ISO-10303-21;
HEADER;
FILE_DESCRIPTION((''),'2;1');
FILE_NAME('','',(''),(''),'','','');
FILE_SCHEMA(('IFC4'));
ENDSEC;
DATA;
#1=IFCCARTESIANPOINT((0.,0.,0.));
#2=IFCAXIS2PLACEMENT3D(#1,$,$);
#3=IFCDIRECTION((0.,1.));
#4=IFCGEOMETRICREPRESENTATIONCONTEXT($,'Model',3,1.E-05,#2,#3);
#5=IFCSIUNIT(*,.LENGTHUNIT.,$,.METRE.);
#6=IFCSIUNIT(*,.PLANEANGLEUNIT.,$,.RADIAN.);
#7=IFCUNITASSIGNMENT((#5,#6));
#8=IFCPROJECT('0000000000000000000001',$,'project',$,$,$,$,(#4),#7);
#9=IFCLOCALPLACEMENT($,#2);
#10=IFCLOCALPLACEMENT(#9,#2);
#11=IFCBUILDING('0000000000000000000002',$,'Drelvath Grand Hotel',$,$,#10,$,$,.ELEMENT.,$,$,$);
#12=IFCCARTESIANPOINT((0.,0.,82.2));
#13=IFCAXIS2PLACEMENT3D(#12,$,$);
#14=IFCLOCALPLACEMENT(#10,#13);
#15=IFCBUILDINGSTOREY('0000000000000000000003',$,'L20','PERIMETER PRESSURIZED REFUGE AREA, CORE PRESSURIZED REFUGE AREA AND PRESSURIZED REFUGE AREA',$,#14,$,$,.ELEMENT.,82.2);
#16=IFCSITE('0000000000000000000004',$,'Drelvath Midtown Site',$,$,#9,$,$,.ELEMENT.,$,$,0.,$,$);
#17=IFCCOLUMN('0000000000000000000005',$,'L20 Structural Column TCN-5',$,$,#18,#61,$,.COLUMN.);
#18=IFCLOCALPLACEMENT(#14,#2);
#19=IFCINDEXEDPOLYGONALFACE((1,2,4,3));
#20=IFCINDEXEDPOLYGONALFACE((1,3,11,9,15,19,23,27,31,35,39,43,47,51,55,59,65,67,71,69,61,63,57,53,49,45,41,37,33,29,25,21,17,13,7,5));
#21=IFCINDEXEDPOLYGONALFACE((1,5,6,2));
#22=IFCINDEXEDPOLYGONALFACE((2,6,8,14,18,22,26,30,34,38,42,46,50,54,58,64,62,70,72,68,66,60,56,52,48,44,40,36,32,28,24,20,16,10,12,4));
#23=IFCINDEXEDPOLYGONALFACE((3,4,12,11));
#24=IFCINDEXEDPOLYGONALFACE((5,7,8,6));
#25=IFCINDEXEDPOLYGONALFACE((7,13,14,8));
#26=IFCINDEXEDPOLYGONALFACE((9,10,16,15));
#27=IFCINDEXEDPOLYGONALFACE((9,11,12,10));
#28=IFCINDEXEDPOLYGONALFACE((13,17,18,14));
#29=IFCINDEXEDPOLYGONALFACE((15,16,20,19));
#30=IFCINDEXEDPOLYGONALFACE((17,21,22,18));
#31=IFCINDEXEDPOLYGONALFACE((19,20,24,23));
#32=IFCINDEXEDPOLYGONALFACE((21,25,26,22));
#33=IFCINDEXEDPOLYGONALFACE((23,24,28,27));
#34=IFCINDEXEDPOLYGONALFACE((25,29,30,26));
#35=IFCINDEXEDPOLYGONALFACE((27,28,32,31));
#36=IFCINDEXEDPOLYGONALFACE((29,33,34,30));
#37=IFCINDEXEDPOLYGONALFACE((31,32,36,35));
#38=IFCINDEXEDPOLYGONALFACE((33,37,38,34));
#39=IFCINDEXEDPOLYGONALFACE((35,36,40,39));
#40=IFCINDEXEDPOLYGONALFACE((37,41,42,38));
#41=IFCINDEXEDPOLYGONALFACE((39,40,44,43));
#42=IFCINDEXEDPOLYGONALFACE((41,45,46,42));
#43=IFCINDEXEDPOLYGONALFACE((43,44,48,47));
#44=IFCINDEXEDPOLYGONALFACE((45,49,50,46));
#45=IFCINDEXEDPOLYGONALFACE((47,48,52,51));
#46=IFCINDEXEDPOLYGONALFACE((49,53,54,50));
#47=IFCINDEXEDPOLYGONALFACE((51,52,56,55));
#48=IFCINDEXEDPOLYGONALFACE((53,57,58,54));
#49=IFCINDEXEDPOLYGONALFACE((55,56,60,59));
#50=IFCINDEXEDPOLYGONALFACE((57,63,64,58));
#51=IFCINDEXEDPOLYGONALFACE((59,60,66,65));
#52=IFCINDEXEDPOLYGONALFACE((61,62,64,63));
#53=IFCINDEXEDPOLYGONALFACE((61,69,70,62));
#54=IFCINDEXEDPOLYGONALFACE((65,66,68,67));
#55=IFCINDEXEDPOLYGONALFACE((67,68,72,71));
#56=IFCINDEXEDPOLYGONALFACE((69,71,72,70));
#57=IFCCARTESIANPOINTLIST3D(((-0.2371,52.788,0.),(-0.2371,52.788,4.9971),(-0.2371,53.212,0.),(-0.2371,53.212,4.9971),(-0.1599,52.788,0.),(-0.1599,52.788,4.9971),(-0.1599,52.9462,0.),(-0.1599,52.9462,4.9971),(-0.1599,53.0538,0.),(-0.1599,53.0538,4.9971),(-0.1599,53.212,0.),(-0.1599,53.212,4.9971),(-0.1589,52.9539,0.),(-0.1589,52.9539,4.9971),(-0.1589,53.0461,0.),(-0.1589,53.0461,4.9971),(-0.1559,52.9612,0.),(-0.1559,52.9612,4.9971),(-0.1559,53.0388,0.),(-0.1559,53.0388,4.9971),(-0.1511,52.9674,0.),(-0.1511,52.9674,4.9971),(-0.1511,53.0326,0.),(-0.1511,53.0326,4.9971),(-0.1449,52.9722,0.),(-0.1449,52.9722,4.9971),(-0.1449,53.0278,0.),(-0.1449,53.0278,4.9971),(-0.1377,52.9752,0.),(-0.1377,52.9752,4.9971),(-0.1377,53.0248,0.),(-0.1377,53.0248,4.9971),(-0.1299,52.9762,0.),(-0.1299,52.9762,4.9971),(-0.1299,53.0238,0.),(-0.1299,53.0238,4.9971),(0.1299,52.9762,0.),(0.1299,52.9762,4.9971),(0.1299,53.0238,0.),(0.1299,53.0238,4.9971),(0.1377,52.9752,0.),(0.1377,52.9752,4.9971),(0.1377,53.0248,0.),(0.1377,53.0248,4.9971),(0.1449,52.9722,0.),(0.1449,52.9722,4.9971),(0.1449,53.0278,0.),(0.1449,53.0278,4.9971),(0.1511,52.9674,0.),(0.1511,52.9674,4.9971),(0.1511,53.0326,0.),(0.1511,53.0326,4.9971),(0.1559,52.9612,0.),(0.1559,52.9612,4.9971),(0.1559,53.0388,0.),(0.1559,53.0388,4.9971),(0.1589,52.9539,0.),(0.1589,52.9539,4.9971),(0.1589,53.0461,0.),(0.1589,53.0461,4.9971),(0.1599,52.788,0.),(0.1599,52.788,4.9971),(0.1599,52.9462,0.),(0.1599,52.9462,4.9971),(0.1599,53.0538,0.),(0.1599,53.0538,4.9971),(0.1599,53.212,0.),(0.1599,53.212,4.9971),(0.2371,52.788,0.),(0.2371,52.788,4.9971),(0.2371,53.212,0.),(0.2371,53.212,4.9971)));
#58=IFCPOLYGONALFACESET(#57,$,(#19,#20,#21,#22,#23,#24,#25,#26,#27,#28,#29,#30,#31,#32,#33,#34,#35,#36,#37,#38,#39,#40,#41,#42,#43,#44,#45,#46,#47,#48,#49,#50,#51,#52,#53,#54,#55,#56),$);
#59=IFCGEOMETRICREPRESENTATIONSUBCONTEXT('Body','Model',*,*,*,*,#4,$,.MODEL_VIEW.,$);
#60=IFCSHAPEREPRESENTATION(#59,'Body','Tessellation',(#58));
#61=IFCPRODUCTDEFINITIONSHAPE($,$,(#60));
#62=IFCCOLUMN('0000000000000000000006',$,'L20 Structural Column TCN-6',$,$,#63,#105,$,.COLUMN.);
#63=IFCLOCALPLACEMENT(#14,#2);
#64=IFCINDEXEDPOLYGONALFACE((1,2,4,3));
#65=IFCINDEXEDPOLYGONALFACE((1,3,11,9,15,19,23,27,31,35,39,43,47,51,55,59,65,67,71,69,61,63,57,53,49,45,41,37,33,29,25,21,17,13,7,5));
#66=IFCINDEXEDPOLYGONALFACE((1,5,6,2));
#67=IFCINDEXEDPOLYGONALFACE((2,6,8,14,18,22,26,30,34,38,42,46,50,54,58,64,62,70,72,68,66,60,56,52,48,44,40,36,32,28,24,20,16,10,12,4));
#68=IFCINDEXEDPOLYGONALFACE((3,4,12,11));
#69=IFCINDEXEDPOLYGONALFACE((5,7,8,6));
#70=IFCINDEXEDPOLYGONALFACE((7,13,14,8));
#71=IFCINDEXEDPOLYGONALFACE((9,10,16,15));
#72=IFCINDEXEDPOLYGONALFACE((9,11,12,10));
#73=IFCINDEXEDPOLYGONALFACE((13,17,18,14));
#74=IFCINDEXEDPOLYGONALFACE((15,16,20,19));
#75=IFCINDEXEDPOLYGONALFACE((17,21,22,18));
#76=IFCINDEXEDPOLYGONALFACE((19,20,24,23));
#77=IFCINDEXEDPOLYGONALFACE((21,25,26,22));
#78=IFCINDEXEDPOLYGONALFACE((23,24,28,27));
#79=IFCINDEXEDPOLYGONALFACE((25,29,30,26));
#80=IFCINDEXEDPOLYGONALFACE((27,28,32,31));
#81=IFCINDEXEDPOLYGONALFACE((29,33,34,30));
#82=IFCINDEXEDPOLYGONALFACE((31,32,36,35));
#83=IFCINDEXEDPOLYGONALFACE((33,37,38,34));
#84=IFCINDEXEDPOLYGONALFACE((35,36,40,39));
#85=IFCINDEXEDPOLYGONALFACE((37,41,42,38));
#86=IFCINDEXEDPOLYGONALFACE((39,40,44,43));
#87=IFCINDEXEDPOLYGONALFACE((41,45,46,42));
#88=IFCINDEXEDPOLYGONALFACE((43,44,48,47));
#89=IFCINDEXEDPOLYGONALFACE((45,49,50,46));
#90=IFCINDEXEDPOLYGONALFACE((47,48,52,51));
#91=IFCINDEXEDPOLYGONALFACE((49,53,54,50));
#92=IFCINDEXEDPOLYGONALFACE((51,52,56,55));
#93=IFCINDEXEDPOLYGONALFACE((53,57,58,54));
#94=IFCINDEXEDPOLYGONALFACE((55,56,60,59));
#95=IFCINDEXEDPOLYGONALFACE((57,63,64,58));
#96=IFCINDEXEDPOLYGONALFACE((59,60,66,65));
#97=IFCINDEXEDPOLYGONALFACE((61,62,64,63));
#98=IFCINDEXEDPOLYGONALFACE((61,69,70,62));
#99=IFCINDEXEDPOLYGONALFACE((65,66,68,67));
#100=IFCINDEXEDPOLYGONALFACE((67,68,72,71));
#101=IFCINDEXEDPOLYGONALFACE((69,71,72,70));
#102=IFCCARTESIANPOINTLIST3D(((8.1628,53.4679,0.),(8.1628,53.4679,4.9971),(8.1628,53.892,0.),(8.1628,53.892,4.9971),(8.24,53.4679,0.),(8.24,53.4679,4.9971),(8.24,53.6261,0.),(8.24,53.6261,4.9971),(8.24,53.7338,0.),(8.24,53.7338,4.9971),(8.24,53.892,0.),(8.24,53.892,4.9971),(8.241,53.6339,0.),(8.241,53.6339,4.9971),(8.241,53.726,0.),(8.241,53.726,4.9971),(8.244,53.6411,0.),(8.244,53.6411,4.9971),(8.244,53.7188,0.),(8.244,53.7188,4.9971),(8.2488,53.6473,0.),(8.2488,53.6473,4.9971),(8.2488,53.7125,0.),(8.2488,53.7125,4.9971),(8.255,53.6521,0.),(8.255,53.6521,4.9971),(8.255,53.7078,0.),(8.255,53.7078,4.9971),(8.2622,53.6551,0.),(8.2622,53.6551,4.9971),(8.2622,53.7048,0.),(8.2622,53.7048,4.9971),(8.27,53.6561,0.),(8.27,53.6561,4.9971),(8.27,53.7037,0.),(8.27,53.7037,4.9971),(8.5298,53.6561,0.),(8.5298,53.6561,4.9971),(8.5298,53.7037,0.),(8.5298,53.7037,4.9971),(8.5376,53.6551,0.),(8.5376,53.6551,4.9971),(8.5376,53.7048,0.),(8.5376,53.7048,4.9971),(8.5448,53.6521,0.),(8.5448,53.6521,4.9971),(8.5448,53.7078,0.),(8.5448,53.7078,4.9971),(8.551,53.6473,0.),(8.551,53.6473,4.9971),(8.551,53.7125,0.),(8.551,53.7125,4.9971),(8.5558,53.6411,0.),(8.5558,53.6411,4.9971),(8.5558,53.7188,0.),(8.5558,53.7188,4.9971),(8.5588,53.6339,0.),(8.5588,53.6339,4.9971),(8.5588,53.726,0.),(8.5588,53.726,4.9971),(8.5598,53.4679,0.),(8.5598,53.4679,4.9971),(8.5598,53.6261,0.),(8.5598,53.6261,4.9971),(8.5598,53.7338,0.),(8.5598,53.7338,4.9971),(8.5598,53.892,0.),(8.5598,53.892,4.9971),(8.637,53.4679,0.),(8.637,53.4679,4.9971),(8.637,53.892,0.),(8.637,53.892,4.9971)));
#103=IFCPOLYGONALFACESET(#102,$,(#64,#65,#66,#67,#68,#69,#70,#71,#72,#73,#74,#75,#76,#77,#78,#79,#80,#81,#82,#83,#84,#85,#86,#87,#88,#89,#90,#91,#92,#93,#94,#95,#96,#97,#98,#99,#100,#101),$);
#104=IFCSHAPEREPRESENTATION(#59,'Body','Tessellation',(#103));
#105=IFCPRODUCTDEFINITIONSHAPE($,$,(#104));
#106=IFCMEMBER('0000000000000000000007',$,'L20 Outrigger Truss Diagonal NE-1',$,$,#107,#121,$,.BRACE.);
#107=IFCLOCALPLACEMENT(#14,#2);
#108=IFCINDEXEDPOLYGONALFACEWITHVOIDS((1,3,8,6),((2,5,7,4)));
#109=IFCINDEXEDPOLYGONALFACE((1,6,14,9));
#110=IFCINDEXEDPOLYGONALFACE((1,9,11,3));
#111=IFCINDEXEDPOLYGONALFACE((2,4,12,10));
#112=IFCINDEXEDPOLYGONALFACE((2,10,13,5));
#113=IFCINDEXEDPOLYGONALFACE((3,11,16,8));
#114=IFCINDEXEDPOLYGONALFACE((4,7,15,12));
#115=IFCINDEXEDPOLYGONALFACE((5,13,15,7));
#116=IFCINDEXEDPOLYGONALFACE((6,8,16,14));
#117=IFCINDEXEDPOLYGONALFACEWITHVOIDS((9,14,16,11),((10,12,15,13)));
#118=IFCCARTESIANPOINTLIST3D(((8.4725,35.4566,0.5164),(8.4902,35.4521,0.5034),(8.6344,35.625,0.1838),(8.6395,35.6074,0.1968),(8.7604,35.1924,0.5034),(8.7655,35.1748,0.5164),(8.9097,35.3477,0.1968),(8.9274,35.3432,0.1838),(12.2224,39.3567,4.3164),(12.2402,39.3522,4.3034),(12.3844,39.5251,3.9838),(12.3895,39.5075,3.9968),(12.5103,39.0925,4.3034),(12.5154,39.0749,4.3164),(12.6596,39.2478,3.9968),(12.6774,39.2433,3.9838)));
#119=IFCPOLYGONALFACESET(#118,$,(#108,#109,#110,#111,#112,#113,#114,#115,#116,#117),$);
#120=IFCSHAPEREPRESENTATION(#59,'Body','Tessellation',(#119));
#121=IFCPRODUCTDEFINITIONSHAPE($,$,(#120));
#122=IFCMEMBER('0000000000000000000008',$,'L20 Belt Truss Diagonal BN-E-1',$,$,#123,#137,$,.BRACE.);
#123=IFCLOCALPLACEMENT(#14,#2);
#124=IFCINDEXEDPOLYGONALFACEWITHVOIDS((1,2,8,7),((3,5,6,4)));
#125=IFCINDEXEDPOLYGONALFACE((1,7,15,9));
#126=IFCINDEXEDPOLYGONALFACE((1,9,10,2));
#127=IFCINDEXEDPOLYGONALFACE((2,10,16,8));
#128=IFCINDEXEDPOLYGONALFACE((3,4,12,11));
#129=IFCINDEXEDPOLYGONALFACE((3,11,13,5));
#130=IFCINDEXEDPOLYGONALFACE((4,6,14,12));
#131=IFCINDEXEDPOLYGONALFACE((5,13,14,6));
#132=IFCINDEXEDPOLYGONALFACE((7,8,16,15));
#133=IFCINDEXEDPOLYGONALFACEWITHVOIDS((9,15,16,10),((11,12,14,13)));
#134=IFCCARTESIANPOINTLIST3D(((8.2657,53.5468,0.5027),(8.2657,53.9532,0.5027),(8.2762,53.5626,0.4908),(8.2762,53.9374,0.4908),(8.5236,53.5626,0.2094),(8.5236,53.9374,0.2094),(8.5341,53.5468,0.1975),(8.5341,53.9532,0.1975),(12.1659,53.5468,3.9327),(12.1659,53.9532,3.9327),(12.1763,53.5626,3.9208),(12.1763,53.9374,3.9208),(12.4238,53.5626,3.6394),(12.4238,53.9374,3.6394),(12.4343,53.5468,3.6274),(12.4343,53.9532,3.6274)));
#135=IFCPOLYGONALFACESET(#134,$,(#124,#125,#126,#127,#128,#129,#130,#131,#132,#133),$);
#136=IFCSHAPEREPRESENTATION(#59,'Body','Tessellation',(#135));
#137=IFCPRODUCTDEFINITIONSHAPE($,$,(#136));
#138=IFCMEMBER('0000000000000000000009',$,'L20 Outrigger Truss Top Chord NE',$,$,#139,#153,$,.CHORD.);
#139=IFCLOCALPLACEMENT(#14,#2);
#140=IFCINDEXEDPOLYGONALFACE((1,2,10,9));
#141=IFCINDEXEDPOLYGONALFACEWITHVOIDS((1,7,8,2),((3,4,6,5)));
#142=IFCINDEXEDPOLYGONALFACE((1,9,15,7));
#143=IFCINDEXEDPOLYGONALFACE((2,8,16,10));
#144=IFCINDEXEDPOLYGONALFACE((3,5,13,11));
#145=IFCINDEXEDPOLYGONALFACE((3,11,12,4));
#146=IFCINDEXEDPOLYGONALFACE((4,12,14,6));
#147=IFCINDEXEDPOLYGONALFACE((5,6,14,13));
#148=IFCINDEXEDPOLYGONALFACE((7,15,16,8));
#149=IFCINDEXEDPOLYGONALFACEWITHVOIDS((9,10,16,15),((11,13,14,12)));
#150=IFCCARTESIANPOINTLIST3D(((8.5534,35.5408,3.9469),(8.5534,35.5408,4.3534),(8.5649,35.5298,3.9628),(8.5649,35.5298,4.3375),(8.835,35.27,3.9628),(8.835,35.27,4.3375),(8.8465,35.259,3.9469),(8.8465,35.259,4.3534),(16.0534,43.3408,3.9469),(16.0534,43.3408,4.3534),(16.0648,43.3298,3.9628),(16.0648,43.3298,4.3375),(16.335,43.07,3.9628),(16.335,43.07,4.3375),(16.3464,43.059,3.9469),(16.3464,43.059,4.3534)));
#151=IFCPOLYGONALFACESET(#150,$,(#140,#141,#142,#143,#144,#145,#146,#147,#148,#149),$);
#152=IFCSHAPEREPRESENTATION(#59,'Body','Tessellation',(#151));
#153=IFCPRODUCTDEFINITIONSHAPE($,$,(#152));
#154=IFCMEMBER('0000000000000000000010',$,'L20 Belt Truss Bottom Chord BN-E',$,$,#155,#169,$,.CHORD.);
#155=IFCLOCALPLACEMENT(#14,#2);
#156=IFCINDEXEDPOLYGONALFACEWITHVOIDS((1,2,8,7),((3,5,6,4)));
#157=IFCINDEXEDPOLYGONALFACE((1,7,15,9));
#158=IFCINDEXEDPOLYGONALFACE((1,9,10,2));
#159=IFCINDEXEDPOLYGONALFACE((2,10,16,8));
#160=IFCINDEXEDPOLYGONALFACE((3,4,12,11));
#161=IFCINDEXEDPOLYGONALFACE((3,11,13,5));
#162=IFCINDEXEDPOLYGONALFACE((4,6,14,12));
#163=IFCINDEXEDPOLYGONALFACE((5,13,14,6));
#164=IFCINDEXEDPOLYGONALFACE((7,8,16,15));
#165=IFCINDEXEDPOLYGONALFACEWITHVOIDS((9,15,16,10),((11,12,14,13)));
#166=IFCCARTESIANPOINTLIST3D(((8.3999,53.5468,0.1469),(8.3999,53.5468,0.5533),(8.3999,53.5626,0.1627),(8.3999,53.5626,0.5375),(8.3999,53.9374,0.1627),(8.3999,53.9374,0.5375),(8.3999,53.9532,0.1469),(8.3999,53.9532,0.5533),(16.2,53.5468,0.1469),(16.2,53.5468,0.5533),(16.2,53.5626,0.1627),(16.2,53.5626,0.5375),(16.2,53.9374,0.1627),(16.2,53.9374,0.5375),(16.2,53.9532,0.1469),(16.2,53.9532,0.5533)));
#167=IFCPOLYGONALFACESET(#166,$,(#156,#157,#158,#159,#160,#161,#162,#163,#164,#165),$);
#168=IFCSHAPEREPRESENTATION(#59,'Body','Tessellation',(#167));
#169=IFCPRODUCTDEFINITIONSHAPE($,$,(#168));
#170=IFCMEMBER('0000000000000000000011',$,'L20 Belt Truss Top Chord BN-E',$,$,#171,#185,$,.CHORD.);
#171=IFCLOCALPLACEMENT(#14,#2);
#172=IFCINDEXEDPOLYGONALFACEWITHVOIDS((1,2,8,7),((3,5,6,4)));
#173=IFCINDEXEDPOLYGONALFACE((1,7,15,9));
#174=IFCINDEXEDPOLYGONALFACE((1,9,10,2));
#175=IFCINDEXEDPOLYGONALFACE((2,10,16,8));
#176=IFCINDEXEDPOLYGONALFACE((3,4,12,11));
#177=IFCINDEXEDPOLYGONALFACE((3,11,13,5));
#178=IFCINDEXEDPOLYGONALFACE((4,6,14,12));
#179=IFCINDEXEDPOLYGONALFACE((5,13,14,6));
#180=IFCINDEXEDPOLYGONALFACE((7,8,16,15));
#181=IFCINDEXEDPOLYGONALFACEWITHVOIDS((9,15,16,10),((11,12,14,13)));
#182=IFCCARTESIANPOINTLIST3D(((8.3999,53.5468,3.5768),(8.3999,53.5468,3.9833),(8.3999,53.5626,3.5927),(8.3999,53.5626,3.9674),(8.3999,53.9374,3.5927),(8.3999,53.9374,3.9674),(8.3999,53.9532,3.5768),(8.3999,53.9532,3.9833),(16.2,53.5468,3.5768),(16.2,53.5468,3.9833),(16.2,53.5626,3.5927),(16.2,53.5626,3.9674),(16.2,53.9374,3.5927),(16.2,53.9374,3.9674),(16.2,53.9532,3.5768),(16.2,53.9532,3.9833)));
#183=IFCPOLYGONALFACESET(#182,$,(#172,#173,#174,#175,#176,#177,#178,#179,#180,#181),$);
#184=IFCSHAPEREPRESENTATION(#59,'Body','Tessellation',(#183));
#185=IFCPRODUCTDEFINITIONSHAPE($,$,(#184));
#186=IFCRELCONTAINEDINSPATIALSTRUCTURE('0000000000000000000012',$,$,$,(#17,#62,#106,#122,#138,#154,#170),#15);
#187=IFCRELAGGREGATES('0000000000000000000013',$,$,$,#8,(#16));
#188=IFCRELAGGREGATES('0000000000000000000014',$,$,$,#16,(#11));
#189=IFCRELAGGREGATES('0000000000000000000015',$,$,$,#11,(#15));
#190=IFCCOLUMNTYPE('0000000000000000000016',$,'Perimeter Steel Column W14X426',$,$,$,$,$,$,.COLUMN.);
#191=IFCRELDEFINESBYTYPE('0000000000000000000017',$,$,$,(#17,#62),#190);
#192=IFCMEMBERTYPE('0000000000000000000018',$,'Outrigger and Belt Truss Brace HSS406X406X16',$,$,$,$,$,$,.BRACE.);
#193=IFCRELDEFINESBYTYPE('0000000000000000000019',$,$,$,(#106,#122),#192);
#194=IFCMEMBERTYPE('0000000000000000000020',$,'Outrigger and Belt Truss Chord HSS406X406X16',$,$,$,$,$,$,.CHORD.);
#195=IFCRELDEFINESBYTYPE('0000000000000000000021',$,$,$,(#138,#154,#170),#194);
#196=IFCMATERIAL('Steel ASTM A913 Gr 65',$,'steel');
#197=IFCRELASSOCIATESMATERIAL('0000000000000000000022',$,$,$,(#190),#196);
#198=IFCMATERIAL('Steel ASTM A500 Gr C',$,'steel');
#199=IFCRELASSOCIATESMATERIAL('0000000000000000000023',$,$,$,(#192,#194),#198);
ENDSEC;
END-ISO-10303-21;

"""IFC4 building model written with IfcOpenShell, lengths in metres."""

from ifc_helpers import new_model, si_unit, direction, frame, origin, origin_2d, place, context, subcontext, project, spatial, hollow_rectangle, i_section, extrude, material, material_profile, profile_set, type_object, element, save


model = new_model("IFC4")

# Units and contexts
model_context = context("Model", 3, precision=1e-05, world=origin(), true_north=direction((0.0, 1.0)))
body_context = subcontext(model_context, "Body", "Model", "MODEL_VIEW")
ifc_project = project(units=[si_unit("LENGTHUNIT", "METRE"), si_unit("PLANEANGLEUNIT", "RADIAN")], contexts=[model_context])

# Site, building, storey
site_placement = place(None, origin())
site = spatial("IfcSite", under=ifc_project, at=site_placement, Name="Drelvath Midtown Site", CompositionType="ELEMENT", RefElevation=0.0)
building_placement = place(site_placement, origin())
building = spatial("IfcBuilding", under=site, at=building_placement, Name="Drelvath Grand Hotel", CompositionType="ELEMENT")
storey_placement = place(building_placement, frame((0.0, 0.0, 82.2)))
storey = spatial("IfcBuildingStorey", under=building, at=storey_placement, Name="L20", Description="PERIMETER PRESSURIZED REFUGE AREA, CORE PRESSURIZED REFUGE AREA AND PRESSURIZED REFUGE AREA", CompositionType="ELEMENT", Elevation=82.2)

# Columns
ifc_material_1 = material(Name="Steel ASTM A913 Gr 65", Category="steel")
ifc_material_profile_1 = material_profile(ifc_material_1, i_section(OverallWidth=0.4241, OverallDepth=0.4741, WebThickness=0.0476, FlangeThickness=0.0771, FilletRadius=0.03, at=origin_2d()), Name="W14X426")
ifc_profile_set_1 = profile_set([ifc_material_profile_1], Name="Steel ASTM A913 Gr 65")
column_type = type_object("IfcColumnType", Name="Perimeter Steel Column W14X426", PredefinedType="COLUMN", material=ifc_profile_set_1)
for number, where, z_axis, x_axis, name in (
    (1, (0.0, 53.0, 0.0), (0.0, 0.0, 1.0), (0.0, 1.0, 0.0), "L20 Structural Column TCN-5"),
    (2, (8.3999, 53.6799, 0.0), (0.0, 0.0, 1.0), (0.0, 1.0, 0.0), "L20 Structural Column TCN-6"),
):
    element("IfcColumn", number, at=place(storey_placement, frame(where, z_axis=z_axis, x_axis=x_axis)), inside=storey, type_object=column_type, Name=name, PredefinedType="COLUMN", context=body_context, shape_type="SweptSolid", body=[
        extrude(i_section(OverallWidth=0.4241, OverallDepth=0.4741, WebThickness=0.0476, FlangeThickness=0.0771, FilletRadius=0.03, at=origin_2d()), origin(), (0.0, 0.0, 1.0), 4.9971),
    ])

# Members
ifc_material_2 = material(Name="Steel ASTM A500 Gr C", Category="steel")
ifc_material_profile_2 = material_profile(ifc_material_2, hollow_rectangle(XDim=0.4065, YDim=0.4065, WallThickness=0.0159, at=origin_2d()), Name="HSS406X406X16")
ifc_profile_set_2 = profile_set([ifc_material_profile_2], Name="Steel ASTM A500 Gr C")
member_type_1 = type_object("IfcMemberType", Name="Outrigger and Belt Truss Brace HSS406X406X16", PredefinedType="BRACE", material=ifc_profile_set_2)
member_1_placement = place(storey_placement, frame((8.7, 35.3999, 0.3501), z_axis=(0.56718, 0.589889, 0.57475), x_axis=(-0.720846, 0.693095, 0.0)))
element("IfcMember", 3, at=member_1_placement, inside=storey, type_object=member_type_1, Name="L20 Outrigger Truss Diagonal NE-1", PredefinedType="BRACE", context=body_context, shape_type="SweptSolid", body=[
    extrude(hollow_rectangle(XDim=0.4065, YDim=0.4065, WallThickness=0.0159, at=origin_2d()), origin(), (0.0, 0.0, 1.0), 6.6116),
])
member_2_placement = place(storey_placement, frame((8.3999, 53.75, 0.3501), z_axis=(0.750923, 0.0, 0.660389), x_axis=(0.0, 1.0, 0.0)))
element("IfcMember", 4, at=member_2_placement, inside=storey, type_object=member_type_1, Name="L20 Belt Truss Diagonal BN-E-1", PredefinedType="BRACE", context=body_context, shape_type="SweptSolid", body=[
    extrude(hollow_rectangle(XDim=0.4065, YDim=0.4065, WallThickness=0.0159, at=origin_2d()), origin(), (0.0, 0.0, 1.0), 5.1938),
])
ifc_material_profile_3 = material_profile(ifc_material_2, hollow_rectangle(XDim=0.4065, YDim=0.4065, WallThickness=0.0159, at=origin_2d()), Name="HSS406X406X16")
ifc_profile_set_3 = profile_set([ifc_material_profile_3], Name="Steel ASTM A500 Gr C")
member_type_2 = type_object("IfcMemberType", Name="Outrigger and Belt Truss Chord HSS406X406X16", PredefinedType="CHORD", material=ifc_profile_set_3)
member_3_placement = place(storey_placement, frame((8.7, 35.3999, 4.1501), z_axis=(0.693106, 0.720835, 0.0), x_axis=(-0.720835, 0.693106, 0.0)))
element("IfcMember", 5, at=member_3_placement, inside=storey, type_object=member_type_2, Name="L20 Outrigger Truss Top Chord NE", PredefinedType="CHORD", context=body_context, shape_type="SweptSolid", body=[
    extrude(hollow_rectangle(XDim=0.4065, YDim=0.4065, WallThickness=0.0159, at=origin_2d()), origin(), (0.0, 0.0, 1.0), 10.8208),
])
for number, where, z_axis, x_axis, name in (
    (6, (8.3999, 53.75, 0.3501), (1.0, 0.0, 0.0), (0.0, 1.0, 0.0), "L20 Belt Truss Bottom Chord BN-E"),
    (7, (8.3999, 53.75, 3.78), (1.0, 0.0, 0.0), (0.0, 1.0, 0.0), "L20 Belt Truss Top Chord BN-E"),
):
    element("IfcMember", number, at=place(storey_placement, frame(where, z_axis=z_axis, x_axis=x_axis)), inside=storey, type_object=member_type_2, Name=name, PredefinedType="CHORD", context=body_context, shape_type="SweptSolid", body=[
        extrude(hollow_rectangle(XDim=0.4065, YDim=0.4065, WallThickness=0.0159, at=origin_2d()), origin(), (0.0, 0.0, 1.0), 7.8),
    ])

save(model, "model.ifc")
